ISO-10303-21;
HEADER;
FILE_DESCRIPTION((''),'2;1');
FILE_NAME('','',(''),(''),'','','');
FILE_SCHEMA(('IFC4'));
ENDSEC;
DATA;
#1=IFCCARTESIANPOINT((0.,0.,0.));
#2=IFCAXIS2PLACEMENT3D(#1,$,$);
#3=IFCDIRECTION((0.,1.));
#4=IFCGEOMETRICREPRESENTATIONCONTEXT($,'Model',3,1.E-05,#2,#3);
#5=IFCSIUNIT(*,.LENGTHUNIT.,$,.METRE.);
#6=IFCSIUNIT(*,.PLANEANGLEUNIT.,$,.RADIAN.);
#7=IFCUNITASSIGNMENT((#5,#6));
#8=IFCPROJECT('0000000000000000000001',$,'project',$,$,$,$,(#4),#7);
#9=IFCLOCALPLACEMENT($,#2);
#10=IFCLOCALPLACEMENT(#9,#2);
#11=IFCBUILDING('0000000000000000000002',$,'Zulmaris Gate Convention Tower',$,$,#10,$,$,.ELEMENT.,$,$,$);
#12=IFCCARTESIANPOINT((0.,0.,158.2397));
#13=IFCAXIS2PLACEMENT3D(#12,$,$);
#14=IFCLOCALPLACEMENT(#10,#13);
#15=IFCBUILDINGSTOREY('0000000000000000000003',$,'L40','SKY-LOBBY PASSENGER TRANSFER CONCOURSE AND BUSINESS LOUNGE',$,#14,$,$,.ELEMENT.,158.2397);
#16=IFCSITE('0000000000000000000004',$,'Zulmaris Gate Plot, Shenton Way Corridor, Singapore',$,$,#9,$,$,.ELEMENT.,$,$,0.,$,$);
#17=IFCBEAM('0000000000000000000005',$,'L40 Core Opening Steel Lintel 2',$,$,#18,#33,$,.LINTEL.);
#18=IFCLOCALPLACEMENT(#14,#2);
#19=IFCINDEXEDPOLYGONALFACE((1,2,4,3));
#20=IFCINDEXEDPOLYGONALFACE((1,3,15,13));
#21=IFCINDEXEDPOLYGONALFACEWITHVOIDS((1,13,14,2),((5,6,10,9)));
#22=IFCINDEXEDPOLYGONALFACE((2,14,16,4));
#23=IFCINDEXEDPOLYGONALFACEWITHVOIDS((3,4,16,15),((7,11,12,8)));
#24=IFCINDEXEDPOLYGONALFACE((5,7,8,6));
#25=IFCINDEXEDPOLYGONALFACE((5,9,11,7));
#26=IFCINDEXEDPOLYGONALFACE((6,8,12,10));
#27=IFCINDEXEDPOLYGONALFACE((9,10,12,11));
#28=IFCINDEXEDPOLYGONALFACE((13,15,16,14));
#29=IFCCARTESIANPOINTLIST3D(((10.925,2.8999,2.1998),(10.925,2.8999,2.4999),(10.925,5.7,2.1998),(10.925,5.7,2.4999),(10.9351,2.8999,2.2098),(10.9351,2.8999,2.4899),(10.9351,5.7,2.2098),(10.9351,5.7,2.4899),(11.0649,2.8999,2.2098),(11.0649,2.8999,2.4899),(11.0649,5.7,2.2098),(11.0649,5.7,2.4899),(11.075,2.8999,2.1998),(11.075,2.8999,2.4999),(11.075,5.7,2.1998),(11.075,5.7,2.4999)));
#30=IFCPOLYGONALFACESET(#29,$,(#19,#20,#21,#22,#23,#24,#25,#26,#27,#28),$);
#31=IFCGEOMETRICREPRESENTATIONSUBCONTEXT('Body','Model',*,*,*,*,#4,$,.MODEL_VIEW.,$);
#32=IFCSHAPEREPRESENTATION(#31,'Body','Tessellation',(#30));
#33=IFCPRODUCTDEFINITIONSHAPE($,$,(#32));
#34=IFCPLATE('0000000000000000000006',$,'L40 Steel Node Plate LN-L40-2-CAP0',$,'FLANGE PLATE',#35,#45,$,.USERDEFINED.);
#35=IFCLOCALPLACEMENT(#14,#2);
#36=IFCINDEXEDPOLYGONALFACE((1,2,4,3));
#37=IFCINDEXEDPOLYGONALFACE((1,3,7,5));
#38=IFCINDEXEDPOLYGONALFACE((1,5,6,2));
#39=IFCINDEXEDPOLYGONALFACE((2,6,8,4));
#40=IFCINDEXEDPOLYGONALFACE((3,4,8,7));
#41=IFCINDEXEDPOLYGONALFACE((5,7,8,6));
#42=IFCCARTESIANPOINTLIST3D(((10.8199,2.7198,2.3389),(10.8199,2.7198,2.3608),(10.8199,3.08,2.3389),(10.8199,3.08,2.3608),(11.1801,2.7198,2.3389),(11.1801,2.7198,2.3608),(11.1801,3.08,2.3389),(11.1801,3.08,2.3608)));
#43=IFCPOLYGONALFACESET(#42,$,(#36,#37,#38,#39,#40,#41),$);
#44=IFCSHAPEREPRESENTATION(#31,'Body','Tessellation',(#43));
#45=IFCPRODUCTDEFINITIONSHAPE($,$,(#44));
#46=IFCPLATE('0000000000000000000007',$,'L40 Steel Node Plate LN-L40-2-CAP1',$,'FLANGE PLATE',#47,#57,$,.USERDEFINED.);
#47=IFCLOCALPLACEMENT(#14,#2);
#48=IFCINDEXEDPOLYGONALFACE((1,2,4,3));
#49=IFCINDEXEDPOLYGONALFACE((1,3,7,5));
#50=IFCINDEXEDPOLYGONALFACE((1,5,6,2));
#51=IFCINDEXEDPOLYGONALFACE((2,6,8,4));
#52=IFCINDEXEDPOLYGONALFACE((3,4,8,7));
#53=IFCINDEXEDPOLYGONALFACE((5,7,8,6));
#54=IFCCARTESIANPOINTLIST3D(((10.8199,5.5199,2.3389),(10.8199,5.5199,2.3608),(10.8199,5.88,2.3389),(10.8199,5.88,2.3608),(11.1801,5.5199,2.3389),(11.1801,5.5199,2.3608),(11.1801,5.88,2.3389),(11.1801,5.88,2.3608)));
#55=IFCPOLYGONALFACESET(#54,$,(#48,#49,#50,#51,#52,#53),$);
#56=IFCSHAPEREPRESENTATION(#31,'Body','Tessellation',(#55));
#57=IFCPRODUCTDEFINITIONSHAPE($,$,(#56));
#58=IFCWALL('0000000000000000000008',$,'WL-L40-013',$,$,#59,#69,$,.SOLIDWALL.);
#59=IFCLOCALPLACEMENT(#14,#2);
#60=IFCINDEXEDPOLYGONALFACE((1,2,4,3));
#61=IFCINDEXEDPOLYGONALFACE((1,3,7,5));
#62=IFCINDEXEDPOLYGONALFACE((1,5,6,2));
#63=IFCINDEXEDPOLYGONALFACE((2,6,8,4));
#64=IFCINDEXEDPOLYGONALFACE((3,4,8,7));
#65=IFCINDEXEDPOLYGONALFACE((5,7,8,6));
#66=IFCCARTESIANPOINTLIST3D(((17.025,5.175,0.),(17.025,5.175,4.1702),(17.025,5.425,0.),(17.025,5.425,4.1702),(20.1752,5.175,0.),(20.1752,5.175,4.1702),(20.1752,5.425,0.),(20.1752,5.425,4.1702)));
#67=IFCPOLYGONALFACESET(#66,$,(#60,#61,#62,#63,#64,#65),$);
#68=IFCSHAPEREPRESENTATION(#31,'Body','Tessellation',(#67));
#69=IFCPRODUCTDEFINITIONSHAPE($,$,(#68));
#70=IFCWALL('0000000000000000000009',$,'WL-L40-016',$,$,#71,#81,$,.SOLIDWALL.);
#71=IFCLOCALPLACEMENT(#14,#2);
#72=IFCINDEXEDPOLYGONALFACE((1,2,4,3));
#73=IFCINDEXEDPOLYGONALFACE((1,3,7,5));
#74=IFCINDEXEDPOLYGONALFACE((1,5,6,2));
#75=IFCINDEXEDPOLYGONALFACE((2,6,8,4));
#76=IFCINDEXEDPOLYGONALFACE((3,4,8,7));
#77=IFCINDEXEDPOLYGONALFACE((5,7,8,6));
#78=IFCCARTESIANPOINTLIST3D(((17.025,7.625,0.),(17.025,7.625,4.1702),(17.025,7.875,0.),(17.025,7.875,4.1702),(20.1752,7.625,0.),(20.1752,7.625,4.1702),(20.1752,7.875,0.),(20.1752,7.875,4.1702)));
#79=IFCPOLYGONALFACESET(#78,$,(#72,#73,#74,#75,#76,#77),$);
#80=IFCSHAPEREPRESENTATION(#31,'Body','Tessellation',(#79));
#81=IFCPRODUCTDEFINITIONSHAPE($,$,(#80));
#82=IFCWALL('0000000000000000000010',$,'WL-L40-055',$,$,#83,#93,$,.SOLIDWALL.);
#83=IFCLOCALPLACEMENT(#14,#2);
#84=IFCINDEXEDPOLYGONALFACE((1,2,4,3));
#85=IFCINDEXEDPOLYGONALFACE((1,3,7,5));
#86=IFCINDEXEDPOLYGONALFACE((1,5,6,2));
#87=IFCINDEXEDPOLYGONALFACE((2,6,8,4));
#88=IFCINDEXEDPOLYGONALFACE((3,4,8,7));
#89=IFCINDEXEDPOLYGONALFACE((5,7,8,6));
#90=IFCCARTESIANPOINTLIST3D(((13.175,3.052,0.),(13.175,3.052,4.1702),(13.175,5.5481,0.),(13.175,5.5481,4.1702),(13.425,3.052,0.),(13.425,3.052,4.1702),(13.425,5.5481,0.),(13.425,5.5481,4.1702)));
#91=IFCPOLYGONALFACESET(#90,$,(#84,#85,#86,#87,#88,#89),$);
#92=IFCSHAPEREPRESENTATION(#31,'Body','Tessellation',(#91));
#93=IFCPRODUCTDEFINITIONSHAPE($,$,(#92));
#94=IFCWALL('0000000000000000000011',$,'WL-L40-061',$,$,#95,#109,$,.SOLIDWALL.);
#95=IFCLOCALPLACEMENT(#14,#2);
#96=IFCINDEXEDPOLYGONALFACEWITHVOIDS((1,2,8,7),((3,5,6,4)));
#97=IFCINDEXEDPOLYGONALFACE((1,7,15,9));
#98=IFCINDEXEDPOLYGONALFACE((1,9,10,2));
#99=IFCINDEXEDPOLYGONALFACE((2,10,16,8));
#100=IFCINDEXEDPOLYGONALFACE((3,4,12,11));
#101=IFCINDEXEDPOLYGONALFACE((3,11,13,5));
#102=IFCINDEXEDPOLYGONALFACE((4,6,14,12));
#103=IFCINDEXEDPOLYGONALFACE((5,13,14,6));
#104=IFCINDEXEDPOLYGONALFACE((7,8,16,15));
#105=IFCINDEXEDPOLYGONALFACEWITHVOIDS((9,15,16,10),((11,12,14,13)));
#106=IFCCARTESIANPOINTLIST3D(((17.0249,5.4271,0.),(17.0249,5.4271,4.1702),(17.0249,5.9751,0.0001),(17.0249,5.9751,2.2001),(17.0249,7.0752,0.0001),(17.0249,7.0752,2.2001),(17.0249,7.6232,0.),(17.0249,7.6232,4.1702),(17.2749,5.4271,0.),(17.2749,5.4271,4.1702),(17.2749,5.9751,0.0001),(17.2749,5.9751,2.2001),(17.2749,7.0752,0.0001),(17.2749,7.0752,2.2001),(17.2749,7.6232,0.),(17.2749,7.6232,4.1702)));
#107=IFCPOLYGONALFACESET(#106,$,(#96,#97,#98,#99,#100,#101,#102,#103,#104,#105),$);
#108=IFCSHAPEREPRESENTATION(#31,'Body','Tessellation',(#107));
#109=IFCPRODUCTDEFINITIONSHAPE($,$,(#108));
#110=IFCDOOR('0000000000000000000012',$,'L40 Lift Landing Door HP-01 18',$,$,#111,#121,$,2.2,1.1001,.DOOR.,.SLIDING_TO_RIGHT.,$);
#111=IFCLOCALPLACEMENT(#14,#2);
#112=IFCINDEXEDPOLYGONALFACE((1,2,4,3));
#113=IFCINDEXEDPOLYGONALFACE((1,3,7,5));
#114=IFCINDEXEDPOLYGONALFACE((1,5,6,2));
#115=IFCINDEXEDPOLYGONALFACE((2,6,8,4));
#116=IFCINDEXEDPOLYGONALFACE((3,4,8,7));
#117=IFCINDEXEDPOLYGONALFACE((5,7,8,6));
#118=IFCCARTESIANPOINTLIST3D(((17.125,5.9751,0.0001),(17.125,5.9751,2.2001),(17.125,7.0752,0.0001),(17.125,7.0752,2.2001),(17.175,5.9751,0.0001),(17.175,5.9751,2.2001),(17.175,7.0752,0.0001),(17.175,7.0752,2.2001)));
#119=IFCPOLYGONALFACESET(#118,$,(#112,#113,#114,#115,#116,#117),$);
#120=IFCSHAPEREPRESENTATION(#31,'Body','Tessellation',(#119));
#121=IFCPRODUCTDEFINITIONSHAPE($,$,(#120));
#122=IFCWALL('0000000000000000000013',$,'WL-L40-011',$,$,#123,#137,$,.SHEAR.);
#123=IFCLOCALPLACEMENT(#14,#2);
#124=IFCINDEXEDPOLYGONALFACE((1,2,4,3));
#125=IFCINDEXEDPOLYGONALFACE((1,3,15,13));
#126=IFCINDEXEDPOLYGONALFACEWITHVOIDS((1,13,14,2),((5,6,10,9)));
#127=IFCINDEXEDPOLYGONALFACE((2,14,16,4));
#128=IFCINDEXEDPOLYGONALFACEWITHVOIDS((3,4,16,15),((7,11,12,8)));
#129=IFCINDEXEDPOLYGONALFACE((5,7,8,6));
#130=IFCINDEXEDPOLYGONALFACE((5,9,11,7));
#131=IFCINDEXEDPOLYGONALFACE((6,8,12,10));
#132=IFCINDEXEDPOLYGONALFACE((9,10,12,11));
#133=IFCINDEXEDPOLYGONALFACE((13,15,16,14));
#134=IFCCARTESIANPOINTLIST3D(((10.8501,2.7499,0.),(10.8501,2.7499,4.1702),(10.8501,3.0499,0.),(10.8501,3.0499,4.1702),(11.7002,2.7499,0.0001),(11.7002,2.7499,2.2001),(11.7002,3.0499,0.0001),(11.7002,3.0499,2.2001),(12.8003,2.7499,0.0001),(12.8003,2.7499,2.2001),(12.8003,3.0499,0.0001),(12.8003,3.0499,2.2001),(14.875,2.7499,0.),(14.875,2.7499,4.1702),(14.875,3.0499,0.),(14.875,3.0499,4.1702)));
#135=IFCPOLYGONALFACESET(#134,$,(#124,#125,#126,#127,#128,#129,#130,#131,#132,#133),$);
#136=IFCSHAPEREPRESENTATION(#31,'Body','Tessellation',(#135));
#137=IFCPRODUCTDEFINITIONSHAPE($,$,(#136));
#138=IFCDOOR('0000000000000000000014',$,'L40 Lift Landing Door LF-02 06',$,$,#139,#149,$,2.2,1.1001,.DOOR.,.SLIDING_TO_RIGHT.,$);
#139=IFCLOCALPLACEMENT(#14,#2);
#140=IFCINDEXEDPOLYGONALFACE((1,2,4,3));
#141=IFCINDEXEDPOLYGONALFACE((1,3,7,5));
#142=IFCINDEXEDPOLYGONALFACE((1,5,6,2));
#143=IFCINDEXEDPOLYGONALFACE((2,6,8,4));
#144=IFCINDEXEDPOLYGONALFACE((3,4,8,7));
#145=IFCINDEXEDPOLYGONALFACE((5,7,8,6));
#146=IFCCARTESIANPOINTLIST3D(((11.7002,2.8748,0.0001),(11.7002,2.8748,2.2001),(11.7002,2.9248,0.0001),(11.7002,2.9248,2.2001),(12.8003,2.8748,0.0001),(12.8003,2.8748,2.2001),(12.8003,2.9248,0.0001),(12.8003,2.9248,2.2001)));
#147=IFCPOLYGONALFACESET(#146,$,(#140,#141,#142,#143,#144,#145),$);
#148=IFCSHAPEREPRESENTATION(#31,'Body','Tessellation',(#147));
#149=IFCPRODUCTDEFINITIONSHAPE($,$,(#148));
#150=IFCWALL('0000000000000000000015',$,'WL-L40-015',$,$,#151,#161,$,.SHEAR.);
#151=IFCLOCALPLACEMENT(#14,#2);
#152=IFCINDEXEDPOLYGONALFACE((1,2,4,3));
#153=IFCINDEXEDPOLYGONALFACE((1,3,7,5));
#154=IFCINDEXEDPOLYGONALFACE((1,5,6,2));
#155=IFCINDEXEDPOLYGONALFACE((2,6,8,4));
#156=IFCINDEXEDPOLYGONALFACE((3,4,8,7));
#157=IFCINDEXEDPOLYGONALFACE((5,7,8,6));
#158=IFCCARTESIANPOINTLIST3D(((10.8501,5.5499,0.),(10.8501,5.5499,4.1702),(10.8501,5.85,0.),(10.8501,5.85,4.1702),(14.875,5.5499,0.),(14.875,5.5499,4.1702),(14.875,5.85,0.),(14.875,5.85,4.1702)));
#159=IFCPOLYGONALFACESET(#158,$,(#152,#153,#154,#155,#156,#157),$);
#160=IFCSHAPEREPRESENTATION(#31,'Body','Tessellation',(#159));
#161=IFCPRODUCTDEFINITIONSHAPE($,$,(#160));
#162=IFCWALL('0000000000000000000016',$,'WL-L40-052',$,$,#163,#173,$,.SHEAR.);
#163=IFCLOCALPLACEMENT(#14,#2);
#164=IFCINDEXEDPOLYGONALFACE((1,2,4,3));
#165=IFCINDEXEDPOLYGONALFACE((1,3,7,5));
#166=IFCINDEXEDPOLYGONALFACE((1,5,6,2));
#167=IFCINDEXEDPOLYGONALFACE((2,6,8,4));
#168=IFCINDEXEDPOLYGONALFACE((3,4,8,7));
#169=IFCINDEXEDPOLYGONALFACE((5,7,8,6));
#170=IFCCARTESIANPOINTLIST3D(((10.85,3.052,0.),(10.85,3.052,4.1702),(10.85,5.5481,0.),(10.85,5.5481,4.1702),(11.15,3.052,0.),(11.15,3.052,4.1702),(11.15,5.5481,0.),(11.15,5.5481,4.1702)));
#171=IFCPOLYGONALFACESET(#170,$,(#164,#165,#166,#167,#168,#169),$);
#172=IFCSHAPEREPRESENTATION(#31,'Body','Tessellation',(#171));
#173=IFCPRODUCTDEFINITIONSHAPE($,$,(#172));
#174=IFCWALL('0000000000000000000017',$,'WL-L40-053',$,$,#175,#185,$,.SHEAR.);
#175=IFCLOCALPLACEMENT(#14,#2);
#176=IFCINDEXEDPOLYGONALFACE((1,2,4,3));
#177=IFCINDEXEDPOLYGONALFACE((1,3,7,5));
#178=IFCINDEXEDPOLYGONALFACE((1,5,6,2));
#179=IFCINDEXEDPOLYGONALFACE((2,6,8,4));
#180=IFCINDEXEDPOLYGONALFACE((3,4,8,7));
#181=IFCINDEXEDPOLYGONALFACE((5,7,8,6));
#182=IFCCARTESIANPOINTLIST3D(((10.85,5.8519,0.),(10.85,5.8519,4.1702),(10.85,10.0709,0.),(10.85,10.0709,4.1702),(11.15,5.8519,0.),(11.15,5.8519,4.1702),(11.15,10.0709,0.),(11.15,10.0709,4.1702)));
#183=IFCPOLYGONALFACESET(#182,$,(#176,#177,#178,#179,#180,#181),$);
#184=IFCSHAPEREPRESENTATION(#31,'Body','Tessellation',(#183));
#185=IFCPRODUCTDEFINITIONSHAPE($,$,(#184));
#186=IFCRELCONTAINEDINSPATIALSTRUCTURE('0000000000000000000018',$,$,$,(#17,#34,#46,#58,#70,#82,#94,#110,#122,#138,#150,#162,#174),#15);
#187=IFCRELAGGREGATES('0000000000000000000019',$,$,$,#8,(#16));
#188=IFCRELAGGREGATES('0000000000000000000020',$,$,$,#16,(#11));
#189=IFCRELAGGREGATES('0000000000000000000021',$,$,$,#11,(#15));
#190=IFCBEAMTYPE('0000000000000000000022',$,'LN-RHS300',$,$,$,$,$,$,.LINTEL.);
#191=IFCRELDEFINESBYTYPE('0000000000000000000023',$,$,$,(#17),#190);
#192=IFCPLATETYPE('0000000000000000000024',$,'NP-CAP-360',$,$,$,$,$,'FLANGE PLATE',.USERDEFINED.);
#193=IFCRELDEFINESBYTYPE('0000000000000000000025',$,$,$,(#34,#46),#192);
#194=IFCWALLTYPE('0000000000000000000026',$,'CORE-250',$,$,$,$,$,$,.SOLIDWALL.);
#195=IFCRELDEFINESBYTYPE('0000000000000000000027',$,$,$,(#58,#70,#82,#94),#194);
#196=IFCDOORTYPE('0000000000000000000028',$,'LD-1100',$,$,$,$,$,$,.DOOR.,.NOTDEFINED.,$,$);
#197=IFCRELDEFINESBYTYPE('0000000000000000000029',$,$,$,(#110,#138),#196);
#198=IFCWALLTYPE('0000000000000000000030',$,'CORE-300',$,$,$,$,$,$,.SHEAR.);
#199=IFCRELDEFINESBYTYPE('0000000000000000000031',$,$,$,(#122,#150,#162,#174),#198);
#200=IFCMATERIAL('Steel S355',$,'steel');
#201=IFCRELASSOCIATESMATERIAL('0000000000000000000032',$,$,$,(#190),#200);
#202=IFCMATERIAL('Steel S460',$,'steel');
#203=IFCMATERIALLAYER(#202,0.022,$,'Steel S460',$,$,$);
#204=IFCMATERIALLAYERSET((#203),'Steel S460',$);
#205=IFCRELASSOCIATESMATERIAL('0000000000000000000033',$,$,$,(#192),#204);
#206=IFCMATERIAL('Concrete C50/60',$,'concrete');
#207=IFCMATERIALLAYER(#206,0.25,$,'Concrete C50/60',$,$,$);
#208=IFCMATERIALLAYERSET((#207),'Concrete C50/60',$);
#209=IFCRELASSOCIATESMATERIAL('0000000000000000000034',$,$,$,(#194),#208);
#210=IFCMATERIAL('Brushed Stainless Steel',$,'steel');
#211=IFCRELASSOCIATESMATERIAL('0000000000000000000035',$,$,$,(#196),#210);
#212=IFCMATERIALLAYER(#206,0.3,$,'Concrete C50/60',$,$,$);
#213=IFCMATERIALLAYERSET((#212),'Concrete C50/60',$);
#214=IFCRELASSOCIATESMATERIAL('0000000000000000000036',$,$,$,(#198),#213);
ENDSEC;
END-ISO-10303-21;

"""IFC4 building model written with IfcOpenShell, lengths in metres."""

from ifc_helpers import new_model, si_unit, direction, frame, frame_2d, origin, origin_2d, place, context, subcontext, project, spatial, rectangle, hollow_rectangle, extrude, material, layer, layer_set, material_profile, profile_set, type_object, element, fill, save


model = new_model("IFC4")

# Units and contexts
model_context = context("Model", 3, precision=1e-05, world=origin(), true_north=direction((0.0, 1.0)))
body_context = subcontext(model_context, "Body", "Model", "MODEL_VIEW")
ifc_project = project(units=[si_unit("LENGTHUNIT", "METRE"), si_unit("PLANEANGLEUNIT", "RADIAN")], contexts=[model_context])

# Site, building, storey
site_placement = place(None, origin())
site = spatial("IfcSite", under=ifc_project, at=site_placement, Name="Zulmaris Gate Plot, Shenton Way Corridor, Singapore", CompositionType="ELEMENT", RefElevation=0.0)
building_placement = place(site_placement, origin())
building = spatial("IfcBuilding", under=site, at=building_placement, Name="Zulmaris Gate Convention Tower", CompositionType="ELEMENT")
storey_placement = place(building_placement, frame((0.0, 0.0, 158.2397)))
storey = spatial("IfcBuildingStorey", under=building, at=storey_placement, Name="L40", Description="SKY-LOBBY PASSENGER TRANSFER CONCOURSE AND BUSINESS LOUNGE", CompositionType="ELEMENT", Elevation=158.2397)

# Beam
ifc_material_1 = material(Name="Steel S355", Category="steel")
ifc_material_profile = material_profile(ifc_material_1, hollow_rectangle(XDim=0.1499, YDim=0.3, WallThickness=0.01, at=origin_2d()), Name="RHS 300x150x10")
ifc_profile_set = profile_set([ifc_material_profile], Name="Steel S355")
beam_type = type_object("IfcBeamType", Name="LN-RHS300", PredefinedType="LINTEL", material=ifc_profile_set)
beam_placement = place(storey_placement, frame((11.0, 2.8999, 2.3499), z_axis=(0.0, 1.0, 0.0), x_axis=(-1.0, 0.0, 0.0)))
element("IfcBeam", 1, at=beam_placement, inside=storey, type_object=beam_type, Name="L40 Core Opening Steel Lintel 2", PredefinedType="LINTEL", context=body_context, shape_type="SweptSolid", body=[
    extrude(hollow_rectangle(XDim=0.1499, YDim=0.3, WallThickness=0.01, at=origin_2d()), origin(), (0.0, 0.0, 1.0), 2.8),
])

# Plates
ifc_material_2 = material(Name="Steel S460", Category="steel")
ifc_layer_1 = layer(ifc_material_2, 0.022, Name="Steel S460")
ifc_layer_set_1 = layer_set([ifc_layer_1], Name="Steel S460")
plate_type = type_object("IfcPlateType", Name="NP-CAP-360", ElementType="FLANGE PLATE", PredefinedType="USERDEFINED", material=ifc_layer_set_1)
for number, where, z_axis, x_axis, name in (
    (2, (11.0, 2.8999, 2.3389), (0.0, 0.0, 1.0), (1.0, 0.0, 0.0), "L40 Steel Node Plate LN-L40-2-CAP0"),
    (3, (11.0, 5.7, 2.3389), (0.0, 0.0, 1.0), (1.0, 0.0, 0.0), "L40 Steel Node Plate LN-L40-2-CAP1"),
):
    element("IfcPlate", number, at=place(storey_placement, frame(where, z_axis=z_axis, x_axis=x_axis)), inside=storey, type_object=plate_type, Name=name, ObjectType="FLANGE PLATE", PredefinedType="USERDEFINED", context=body_context, shape_type="SweptSolid", body=[
        extrude(rectangle(XDim=0.3601, YDim=0.3601, at=origin_2d()), origin(), (0.0, 0.0, 1.0), 0.022),
    ])

# Walls
ifc_material_3 = material(Name="Concrete C50/60", Category="concrete")
ifc_layer_2 = layer(ifc_material_3, 0.25, Name="Concrete C50/60")
ifc_layer_set_2 = layer_set([ifc_layer_2], Name="Concrete C50/60")
wall_type_1 = type_object("IfcWallType", Name="CORE-250", PredefinedType="SOLIDWALL", material=ifc_layer_set_2)
for number, where, z_axis, x_axis, name in (
    (4, (17.0249, 5.3, 0.0), (0.0, 0.0, 1.0), (1.0, 0.0, 0.0), "WL-L40-013"),
    (5, (17.0249, 7.75, 0.0), (0.0, 0.0, 1.0), (1.0, 0.0, 0.0), "WL-L40-016"),
):
    element("IfcWall", number, at=place(storey_placement, frame(where, z_axis=z_axis, x_axis=x_axis)), inside=storey, type_object=wall_type_1, Name=name, PredefinedType="SOLIDWALL", context=body_context, shape_type="SweptSolid", body=[
        extrude(rectangle(XDim=3.1501, YDim=0.25, at=frame_2d((1.5752, 0.0))), origin(), (0.0, 0.0, 1.0), 4.1702),
    ])
wall_1_placement = place(storey_placement, frame((13.3, 3.052, 0.0), z_axis=(0.0, 0.0, 1.0), x_axis=(0.0, 1.0, 0.0)))
element("IfcWall", 6, at=wall_1_placement, inside=storey, type_object=wall_type_1, Name="WL-L40-055", PredefinedType="SOLIDWALL", context=body_context, shape_type="SweptSolid", body=[
    extrude(rectangle(XDim=2.4961, YDim=0.25, at=frame_2d((1.248, 0.0))), origin(), (0.0, 0.0, 1.0), 4.1702),
])

# Walls, openings, doors
wall_2_placement = place(storey_placement, frame((17.1499, 5.427, 0.0), z_axis=(0.0, 0.0, 1.0), x_axis=(0.0, 1.0, 0.0)))
wall_2 = element("IfcWall", 7, at=wall_2_placement, inside=storey, type_object=wall_type_1, Name="WL-L40-061", PredefinedType="SOLIDWALL", context=body_context, shape_type="SweptSolid", body=[
    extrude(rectangle(XDim=2.196, YDim=0.25, at=frame_2d((1.0981, 0.0))), origin(), (0.0, 0.0, 1.0), 4.1702),
])
opening_1_placement = place(wall_2_placement, frame((0.5481, 0.0, 0.0)))
opening_1 = element("IfcOpeningElement", 8, at=opening_1_placement, cuts=wall_2, PredefinedType="OPENING", context=body_context, shape_type="SweptSolid", body=[
    extrude(rectangle(XDim=1.1001, YDim=2.2, at=frame_2d((0.55, 1.1001))), frame((0.0, 0.135, 0.0), z_axis=(0.0, -1.0, 0.0), x_axis=(1.0, 0.0, 0.0)), (0.0, 0.0, 1.0), 0.27),
])
ifc_material_4 = material(Name="Brushed Stainless Steel", Category="steel")
door_type_1 = type_object("IfcDoorType", Name="LD-1100", OperationType="NOTDEFINED", PredefinedType="DOOR", material=ifc_material_4)
door_1_placement = place(opening_1_placement, origin())
door_1 = element("IfcDoor", 9, at=door_1_placement, inside=storey, type_object=door_type_1, Name="L40 Lift Landing Door HP-01 18", OperationType="SLIDING_TO_RIGHT", OverallHeight=2.2, OverallWidth=1.1001, PredefinedType="DOOR", context=body_context, shape_type="SweptSolid", body=[
    extrude(rectangle(XDim=1.1001, YDim=2.2, at=frame_2d((0.55, 1.1001))), frame((0.0, 0.0249, 0.0), z_axis=(0.0, -1.0, 0.0), x_axis=(1.0, 0.0, 0.0)), (0.0, 0.0, 1.0), 0.05),
])
fill(opening_1, door_1)
ifc_layer_3 = layer(ifc_material_3, 0.3, Name="Concrete C50/60")
ifc_layer_set_3 = layer_set([ifc_layer_3], Name="Concrete C50/60")
wall_type_2 = type_object("IfcWallType", Name="CORE-300", PredefinedType="SHEAR", material=ifc_layer_set_3)
wall_3_placement = place(storey_placement, frame((10.8501, 2.8999, 0.0), z_axis=(0.0, 0.0, 1.0), x_axis=(1.0, 0.0, 0.0)))
wall_3 = element("IfcWall", 10, at=wall_3_placement, inside=storey, type_object=wall_type_2, Name="WL-L40-011", PredefinedType="SHEAR", context=body_context, shape_type="SweptSolid", body=[
    extrude(rectangle(XDim=4.0249, YDim=0.3, at=frame_2d((2.0125, 0.0))), origin(), (0.0, 0.0, 1.0), 4.1702),
])
opening_2_placement = place(wall_3_placement, frame((0.8501, 0.0, 0.0)))
opening_2 = element("IfcOpeningElement", 11, at=opening_2_placement, cuts=wall_3, PredefinedType="OPENING", context=body_context, shape_type="SweptSolid", body=[
    extrude(rectangle(XDim=1.1001, YDim=2.2, at=frame_2d((0.55, 1.1001))), frame((0.0, 0.1602, 0.0), z_axis=(0.0, -1.0, 0.0), x_axis=(1.0, 0.0, 0.0)), (0.0, 0.0, 1.0), 0.3201),
])
door_2_placement = place(opening_2_placement, origin())
door_2 = element("IfcDoor", 12, at=door_2_placement, inside=storey, type_object=door_type_1, Name="L40 Lift Landing Door LF-02 06", OperationType="SLIDING_TO_RIGHT", OverallHeight=2.2, OverallWidth=1.1001, PredefinedType="DOOR", context=body_context, shape_type="SweptSolid", body=[
    extrude(rectangle(XDim=1.1001, YDim=2.2, at=frame_2d((0.55, 1.1001))), frame((0.0, 0.0249, 0.0), z_axis=(0.0, -1.0, 0.0), x_axis=(1.0, 0.0, 0.0)), (0.0, 0.0, 1.0), 0.05),
])
fill(opening_2, door_2)

# Walls
wall_4_placement = place(storey_placement, frame((10.8501, 5.7, 0.0), z_axis=(0.0, 0.0, 1.0), x_axis=(1.0, 0.0, 0.0)))
element("IfcWall", 13, at=wall_4_placement, inside=storey, type_object=wall_type_2, Name="WL-L40-015", PredefinedType="SHEAR", context=body_context, shape_type="SweptSolid", body=[
    extrude(rectangle(XDim=4.0249, YDim=0.3, at=frame_2d((2.0125, 0.0))), origin(), (0.0, 0.0, 1.0), 4.1702),
])
wall_5_placement = place(storey_placement, frame((11.0, 3.052, 0.0), z_axis=(0.0, 0.0, 1.0), x_axis=(0.0, 1.0, 0.0)))
element("IfcWall", 14, at=wall_5_placement, inside=storey, type_object=wall_type_2, Name="WL-L40-052", PredefinedType="SHEAR", context=body_context, shape_type="SweptSolid", body=[
    extrude(rectangle(XDim=2.4961, YDim=0.3, at=frame_2d((1.248, 0.0))), origin(), (0.0, 0.0, 1.0), 4.1702),
])
wall_6_placement = place(storey_placement, frame((11.0, 5.8521, 0.0), z_axis=(0.0, 0.0, 1.0), x_axis=(0.0, 1.0, 0.0)))
element("IfcWall", 15, at=wall_6_placement, inside=storey, type_object=wall_type_2, Name="WL-L40-053", PredefinedType="SHEAR", context=body_context, shape_type="SweptSolid", body=[
    extrude(rectangle(XDim=4.219, YDim=0.3, at=frame_2d((2.1094, 0.0))), origin(), (0.0, 0.0, 1.0), 4.1702),
])

save(model, "model.ifc")
